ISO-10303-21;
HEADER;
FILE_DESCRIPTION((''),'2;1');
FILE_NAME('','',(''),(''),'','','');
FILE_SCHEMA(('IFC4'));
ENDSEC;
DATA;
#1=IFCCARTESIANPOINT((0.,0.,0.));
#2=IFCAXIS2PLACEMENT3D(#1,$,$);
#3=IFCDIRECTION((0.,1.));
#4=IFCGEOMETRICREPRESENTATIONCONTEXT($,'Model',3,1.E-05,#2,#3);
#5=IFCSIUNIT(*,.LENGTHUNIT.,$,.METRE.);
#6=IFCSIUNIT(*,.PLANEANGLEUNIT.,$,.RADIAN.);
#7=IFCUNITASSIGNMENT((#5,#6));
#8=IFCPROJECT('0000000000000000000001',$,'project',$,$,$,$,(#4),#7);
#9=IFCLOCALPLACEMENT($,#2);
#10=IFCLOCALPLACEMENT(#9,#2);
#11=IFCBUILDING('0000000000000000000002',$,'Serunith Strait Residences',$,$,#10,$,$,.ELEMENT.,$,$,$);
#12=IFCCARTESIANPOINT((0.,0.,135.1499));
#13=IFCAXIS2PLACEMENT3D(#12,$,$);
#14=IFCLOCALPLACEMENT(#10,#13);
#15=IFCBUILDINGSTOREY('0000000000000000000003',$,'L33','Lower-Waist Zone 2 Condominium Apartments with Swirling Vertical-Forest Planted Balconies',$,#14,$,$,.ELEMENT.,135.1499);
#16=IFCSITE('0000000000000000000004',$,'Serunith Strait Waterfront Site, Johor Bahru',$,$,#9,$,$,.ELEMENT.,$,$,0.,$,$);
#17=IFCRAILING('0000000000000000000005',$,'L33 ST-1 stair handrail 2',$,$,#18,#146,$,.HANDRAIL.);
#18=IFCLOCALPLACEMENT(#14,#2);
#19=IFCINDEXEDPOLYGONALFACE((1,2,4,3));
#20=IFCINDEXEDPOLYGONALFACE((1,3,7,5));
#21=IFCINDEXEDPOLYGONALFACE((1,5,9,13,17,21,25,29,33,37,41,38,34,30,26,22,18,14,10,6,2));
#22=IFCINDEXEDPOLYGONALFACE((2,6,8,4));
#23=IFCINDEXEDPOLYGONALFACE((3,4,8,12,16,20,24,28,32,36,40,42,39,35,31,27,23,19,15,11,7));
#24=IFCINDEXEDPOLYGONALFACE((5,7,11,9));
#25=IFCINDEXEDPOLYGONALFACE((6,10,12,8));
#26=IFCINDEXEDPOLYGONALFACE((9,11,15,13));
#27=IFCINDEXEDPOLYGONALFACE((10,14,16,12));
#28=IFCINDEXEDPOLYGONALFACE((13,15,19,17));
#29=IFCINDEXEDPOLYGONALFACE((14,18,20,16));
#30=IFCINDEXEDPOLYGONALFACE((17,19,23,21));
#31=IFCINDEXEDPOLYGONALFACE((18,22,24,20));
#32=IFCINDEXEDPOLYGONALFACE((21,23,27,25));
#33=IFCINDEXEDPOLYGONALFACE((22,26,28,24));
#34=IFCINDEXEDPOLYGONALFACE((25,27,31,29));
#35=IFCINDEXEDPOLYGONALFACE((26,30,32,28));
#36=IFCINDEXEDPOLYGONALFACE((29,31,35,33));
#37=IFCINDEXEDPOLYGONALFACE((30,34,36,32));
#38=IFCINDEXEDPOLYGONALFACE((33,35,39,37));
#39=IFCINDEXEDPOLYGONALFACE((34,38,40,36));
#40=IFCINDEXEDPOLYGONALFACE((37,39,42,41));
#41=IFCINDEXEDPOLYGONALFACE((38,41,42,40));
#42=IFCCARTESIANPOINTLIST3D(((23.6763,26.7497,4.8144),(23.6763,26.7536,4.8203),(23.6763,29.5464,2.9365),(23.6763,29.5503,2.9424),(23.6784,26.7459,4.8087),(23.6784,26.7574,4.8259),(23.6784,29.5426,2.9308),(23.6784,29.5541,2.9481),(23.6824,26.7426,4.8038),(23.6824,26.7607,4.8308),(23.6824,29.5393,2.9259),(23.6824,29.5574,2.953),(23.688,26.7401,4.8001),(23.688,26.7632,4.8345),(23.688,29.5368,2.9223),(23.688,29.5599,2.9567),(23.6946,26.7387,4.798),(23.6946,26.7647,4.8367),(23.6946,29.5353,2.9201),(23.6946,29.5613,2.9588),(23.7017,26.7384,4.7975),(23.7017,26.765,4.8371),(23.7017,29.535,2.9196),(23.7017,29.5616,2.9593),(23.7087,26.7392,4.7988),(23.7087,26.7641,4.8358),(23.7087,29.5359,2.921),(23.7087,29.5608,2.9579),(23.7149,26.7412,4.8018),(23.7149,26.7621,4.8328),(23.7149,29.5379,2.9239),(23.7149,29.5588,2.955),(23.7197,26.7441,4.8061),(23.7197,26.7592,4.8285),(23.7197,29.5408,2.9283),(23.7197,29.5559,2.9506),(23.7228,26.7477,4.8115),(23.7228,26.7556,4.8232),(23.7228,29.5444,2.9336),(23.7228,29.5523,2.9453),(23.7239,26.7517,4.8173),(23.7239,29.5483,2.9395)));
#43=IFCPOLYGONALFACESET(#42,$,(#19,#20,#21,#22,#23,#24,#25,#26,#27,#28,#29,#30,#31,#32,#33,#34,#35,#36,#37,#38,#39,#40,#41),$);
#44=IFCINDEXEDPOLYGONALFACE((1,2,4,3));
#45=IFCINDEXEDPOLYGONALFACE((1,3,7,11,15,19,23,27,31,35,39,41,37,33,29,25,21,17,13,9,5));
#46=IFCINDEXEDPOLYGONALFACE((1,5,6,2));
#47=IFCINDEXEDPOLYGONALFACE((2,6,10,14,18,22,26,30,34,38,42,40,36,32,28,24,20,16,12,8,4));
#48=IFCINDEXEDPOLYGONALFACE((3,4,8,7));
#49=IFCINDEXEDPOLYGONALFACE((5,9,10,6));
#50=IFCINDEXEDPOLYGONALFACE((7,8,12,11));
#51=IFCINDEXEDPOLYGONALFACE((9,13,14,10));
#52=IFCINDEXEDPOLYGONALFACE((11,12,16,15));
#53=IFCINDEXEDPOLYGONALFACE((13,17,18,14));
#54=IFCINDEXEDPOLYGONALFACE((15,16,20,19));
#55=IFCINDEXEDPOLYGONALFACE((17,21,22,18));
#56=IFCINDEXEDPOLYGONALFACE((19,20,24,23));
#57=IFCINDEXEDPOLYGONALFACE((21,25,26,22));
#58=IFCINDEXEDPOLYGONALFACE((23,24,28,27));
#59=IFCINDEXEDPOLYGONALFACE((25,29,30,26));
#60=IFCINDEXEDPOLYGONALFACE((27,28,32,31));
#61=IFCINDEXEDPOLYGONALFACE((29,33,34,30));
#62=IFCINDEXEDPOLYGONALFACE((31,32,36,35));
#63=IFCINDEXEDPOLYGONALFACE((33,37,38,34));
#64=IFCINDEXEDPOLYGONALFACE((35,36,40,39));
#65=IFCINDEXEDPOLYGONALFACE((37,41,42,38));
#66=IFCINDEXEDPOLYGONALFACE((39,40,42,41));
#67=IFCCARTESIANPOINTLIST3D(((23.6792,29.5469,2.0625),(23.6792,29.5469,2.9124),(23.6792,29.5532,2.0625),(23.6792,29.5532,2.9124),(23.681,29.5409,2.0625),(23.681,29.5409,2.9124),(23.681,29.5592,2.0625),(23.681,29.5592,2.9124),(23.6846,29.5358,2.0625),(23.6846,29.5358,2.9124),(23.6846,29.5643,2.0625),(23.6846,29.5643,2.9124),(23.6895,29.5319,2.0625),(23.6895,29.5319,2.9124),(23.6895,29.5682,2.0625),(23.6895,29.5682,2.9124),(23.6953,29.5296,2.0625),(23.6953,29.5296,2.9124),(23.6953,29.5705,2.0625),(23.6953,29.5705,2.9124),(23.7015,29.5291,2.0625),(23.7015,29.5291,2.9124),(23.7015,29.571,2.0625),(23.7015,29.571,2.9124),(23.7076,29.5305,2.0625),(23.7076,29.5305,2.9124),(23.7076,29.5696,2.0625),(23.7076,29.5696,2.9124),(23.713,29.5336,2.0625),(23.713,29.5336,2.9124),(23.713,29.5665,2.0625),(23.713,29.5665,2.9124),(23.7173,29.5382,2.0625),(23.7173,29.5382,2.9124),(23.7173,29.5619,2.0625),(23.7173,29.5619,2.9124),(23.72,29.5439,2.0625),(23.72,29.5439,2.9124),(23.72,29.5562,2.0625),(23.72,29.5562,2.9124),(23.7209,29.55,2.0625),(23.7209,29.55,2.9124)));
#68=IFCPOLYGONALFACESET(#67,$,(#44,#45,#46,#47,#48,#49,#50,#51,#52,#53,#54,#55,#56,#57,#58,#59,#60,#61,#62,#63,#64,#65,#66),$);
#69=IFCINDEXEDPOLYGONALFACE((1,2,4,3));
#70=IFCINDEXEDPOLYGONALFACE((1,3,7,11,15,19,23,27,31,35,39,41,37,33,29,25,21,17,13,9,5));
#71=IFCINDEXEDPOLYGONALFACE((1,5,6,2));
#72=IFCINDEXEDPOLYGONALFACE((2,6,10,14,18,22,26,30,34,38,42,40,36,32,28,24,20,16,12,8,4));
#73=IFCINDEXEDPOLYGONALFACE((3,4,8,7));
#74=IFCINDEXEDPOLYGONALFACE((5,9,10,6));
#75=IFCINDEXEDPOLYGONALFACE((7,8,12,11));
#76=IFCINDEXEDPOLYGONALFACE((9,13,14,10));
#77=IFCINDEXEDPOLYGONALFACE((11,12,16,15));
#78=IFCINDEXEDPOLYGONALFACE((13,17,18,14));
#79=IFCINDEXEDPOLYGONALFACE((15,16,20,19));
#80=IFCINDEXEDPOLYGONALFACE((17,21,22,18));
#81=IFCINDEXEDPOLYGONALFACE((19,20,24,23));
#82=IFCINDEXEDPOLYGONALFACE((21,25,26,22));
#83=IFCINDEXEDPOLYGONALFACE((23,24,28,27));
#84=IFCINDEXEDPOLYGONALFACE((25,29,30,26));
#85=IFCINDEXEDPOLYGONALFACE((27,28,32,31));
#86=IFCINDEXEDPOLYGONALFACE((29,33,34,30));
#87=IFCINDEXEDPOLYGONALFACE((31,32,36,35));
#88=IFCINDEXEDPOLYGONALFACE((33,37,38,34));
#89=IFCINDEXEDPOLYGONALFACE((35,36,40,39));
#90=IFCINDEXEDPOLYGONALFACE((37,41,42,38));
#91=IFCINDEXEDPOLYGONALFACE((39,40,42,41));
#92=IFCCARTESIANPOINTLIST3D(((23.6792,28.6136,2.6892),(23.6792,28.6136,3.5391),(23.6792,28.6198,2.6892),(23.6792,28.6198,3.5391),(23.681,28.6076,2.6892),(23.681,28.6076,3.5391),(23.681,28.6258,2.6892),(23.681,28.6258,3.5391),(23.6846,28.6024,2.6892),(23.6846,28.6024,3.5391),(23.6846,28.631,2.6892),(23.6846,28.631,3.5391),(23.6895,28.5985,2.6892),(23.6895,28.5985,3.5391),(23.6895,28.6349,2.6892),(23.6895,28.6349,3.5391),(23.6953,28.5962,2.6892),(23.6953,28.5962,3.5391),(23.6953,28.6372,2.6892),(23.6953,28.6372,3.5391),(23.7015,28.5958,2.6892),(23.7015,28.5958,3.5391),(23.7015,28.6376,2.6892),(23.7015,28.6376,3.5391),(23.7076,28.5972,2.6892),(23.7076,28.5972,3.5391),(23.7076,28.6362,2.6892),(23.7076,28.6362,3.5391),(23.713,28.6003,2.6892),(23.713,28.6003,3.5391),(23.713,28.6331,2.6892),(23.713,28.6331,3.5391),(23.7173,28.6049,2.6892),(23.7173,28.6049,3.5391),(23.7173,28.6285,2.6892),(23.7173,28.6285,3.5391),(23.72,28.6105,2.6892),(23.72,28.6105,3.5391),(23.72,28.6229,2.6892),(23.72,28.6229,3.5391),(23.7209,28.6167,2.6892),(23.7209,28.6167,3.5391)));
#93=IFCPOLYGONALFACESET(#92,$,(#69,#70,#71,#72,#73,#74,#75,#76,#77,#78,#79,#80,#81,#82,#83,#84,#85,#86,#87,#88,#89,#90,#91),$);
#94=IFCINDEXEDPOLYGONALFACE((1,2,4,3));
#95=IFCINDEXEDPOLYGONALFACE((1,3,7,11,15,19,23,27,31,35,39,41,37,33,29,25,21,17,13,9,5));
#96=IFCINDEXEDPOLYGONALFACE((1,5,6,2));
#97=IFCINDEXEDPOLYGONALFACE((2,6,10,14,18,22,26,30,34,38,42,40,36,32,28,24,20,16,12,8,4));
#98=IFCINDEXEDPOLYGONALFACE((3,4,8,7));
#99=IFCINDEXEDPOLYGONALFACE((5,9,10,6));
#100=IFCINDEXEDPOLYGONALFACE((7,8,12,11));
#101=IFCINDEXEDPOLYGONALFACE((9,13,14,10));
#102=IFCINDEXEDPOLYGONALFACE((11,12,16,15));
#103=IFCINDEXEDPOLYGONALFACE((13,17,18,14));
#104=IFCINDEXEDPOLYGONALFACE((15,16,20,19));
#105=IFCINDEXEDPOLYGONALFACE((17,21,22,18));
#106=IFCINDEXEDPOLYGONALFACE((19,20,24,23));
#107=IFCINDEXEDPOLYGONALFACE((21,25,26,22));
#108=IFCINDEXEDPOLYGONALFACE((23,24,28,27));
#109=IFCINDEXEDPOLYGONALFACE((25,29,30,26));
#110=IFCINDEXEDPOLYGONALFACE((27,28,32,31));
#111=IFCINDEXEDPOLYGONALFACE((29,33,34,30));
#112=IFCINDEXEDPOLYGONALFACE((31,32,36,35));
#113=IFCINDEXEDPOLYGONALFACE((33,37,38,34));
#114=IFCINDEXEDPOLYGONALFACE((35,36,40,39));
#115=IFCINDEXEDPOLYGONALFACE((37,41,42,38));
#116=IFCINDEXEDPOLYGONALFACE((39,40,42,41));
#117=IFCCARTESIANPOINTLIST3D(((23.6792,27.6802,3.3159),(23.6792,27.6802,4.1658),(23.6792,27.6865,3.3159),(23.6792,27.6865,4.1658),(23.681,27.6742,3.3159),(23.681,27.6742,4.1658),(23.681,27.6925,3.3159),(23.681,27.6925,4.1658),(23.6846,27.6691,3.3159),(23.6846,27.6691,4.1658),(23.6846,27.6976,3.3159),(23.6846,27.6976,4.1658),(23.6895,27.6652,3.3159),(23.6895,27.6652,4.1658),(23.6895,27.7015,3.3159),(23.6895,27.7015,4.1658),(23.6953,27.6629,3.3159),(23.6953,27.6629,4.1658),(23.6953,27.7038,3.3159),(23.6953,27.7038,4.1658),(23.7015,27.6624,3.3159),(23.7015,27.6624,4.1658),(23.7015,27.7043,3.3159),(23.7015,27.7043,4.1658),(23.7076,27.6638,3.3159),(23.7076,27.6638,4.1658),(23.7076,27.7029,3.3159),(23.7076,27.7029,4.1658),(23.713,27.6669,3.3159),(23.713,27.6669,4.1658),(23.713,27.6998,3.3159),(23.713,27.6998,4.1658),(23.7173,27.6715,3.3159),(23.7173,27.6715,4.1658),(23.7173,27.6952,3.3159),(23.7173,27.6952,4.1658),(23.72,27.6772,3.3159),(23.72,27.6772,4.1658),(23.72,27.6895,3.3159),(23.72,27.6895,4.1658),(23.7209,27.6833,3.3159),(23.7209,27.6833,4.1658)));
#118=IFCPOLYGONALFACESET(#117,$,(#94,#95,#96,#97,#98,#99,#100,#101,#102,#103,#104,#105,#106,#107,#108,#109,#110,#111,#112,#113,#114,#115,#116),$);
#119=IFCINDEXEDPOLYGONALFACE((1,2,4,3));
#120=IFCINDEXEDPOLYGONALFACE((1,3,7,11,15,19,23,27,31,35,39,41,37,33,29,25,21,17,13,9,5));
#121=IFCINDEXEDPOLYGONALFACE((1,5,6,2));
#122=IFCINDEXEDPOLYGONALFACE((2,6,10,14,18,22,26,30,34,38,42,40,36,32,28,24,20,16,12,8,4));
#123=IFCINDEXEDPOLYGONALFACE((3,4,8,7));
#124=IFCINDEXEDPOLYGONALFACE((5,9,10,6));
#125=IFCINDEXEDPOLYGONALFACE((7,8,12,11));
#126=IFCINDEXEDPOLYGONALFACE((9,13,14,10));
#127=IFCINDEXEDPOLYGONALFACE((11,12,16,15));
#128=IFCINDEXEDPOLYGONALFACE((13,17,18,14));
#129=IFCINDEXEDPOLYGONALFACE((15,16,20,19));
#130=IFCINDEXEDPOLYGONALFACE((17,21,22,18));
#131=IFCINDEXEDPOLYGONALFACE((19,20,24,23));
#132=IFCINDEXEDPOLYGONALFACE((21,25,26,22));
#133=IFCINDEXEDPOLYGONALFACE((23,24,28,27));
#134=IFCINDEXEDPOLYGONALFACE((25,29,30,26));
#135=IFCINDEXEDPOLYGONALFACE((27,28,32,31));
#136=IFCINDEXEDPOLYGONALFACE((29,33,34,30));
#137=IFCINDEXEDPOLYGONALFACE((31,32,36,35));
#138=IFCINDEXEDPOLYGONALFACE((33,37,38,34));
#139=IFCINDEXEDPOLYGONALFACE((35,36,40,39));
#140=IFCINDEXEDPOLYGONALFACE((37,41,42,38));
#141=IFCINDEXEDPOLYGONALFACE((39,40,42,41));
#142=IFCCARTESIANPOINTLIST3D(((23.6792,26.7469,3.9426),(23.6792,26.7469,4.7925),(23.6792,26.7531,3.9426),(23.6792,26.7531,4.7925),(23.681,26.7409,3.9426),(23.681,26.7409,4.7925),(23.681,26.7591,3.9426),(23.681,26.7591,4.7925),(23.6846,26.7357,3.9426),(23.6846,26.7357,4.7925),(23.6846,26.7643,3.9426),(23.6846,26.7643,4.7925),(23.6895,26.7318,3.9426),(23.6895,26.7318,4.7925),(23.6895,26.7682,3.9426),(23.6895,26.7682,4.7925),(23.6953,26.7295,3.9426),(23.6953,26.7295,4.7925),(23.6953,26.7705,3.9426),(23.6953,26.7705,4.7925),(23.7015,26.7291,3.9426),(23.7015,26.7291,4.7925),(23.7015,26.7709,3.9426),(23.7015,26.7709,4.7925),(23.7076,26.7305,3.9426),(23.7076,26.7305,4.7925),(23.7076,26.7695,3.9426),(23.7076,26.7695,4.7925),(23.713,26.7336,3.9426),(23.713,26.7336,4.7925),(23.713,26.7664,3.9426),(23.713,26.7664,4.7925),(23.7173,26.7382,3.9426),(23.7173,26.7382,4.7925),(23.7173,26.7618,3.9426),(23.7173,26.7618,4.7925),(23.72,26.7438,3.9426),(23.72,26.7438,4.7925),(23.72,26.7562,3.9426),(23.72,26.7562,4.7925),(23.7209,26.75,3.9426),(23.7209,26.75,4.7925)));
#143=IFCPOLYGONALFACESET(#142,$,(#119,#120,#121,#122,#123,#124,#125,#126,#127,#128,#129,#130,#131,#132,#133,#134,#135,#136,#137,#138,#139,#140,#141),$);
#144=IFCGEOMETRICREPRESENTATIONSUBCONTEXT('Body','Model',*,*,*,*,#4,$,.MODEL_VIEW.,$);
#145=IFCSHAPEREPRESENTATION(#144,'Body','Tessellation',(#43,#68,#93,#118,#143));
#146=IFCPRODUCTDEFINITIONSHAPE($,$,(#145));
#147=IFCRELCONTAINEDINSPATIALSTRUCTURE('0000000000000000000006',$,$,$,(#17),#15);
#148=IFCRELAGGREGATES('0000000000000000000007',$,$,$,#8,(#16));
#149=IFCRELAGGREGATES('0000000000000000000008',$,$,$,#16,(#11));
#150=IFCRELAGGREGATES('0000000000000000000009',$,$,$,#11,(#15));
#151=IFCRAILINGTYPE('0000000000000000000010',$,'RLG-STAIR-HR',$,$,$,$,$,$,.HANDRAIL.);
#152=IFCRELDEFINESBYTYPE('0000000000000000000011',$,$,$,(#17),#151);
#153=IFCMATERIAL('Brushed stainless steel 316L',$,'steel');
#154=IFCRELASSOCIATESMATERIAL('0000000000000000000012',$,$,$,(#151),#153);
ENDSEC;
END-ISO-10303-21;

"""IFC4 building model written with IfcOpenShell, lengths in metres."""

from ifc_helpers import new_model, si_unit, direction, frame, origin, origin_2d, place, context, subcontext, project, spatial, circle, extrude, material, type_object, element, save


model = new_model("IFC4")

# Units and contexts
model_context = context("Model", 3, precision=1e-05, world=origin(), true_north=direction((0.0, 1.0)))
body_context = subcontext(model_context, "Body", "Model", "MODEL_VIEW")
ifc_project = project(units=[si_unit("LENGTHUNIT", "METRE"), si_unit("PLANEANGLEUNIT", "RADIAN")], contexts=[model_context])

# Site, building, storey
site_placement = place(None, origin())
site = spatial("IfcSite", under=ifc_project, at=site_placement, Name="Serunith Strait Waterfront Site, Johor Bahru", CompositionType="ELEMENT", RefElevation=0.0)
building_placement = place(site_placement, origin())
building = spatial("IfcBuilding", under=site, at=building_placement, Name="Serunith Strait Residences", CompositionType="ELEMENT")
storey_placement = place(building_placement, frame((0.0, 0.0, 135.1499)))
storey = spatial("IfcBuildingStorey", under=building, at=storey_placement, Name="L33", Description="Lower-Waist Zone 2 Condominium Apartments with Swirling Vertical-Forest Planted Balconies", CompositionType="ELEMENT", Elevation=135.1499)

# Railing
ifc_material_1 = material(Name="Brushed stainless steel 316L", Category="steel")
railing_type_1 = type_object("IfcRailingType", Name="RLG-STAIR-HR", PredefinedType="HANDRAIL", material=ifc_material_1)
railing_1_placement = place(storey_placement, frame((23.7, 29.55, 2.0625)))
element("IfcRailing", 1, at=railing_1_placement, inside=storey, type_object=railing_type_1, Name="L33 ST-1 stair handrail 2", PredefinedType="HANDRAIL", context=body_context, shape_type="SweptSolid", body=[
    extrude(circle(Radius=0.0239, at=origin_2d()), frame((0.0, -0.0017, 0.877), z_axis=(0.0, -0.830208, 0.557453), x_axis=(1.0, 0.0, 0.0)), (0.0, 0.0, 1.0), 3.3687),
    extrude(circle(Radius=0.021, at=origin_2d()), origin(), (0.0, 0.0, 1.0), 0.8499),
    extrude(circle(Radius=0.021, at=origin_2d()), frame((0.0, -0.9333, 0.6267)), (0.0, 0.0, 1.0), 0.8499),
    extrude(circle(Radius=0.021, at=origin_2d()), frame((0.0, -1.8667, 1.2534)), (0.0, 0.0, 1.0), 0.8499),
    extrude(circle(Radius=0.021, at=origin_2d()), frame((0.0, -2.8, 1.8801)), (0.0, 0.0, 1.0), 0.8499),
])

save(model, "model.ifc")
